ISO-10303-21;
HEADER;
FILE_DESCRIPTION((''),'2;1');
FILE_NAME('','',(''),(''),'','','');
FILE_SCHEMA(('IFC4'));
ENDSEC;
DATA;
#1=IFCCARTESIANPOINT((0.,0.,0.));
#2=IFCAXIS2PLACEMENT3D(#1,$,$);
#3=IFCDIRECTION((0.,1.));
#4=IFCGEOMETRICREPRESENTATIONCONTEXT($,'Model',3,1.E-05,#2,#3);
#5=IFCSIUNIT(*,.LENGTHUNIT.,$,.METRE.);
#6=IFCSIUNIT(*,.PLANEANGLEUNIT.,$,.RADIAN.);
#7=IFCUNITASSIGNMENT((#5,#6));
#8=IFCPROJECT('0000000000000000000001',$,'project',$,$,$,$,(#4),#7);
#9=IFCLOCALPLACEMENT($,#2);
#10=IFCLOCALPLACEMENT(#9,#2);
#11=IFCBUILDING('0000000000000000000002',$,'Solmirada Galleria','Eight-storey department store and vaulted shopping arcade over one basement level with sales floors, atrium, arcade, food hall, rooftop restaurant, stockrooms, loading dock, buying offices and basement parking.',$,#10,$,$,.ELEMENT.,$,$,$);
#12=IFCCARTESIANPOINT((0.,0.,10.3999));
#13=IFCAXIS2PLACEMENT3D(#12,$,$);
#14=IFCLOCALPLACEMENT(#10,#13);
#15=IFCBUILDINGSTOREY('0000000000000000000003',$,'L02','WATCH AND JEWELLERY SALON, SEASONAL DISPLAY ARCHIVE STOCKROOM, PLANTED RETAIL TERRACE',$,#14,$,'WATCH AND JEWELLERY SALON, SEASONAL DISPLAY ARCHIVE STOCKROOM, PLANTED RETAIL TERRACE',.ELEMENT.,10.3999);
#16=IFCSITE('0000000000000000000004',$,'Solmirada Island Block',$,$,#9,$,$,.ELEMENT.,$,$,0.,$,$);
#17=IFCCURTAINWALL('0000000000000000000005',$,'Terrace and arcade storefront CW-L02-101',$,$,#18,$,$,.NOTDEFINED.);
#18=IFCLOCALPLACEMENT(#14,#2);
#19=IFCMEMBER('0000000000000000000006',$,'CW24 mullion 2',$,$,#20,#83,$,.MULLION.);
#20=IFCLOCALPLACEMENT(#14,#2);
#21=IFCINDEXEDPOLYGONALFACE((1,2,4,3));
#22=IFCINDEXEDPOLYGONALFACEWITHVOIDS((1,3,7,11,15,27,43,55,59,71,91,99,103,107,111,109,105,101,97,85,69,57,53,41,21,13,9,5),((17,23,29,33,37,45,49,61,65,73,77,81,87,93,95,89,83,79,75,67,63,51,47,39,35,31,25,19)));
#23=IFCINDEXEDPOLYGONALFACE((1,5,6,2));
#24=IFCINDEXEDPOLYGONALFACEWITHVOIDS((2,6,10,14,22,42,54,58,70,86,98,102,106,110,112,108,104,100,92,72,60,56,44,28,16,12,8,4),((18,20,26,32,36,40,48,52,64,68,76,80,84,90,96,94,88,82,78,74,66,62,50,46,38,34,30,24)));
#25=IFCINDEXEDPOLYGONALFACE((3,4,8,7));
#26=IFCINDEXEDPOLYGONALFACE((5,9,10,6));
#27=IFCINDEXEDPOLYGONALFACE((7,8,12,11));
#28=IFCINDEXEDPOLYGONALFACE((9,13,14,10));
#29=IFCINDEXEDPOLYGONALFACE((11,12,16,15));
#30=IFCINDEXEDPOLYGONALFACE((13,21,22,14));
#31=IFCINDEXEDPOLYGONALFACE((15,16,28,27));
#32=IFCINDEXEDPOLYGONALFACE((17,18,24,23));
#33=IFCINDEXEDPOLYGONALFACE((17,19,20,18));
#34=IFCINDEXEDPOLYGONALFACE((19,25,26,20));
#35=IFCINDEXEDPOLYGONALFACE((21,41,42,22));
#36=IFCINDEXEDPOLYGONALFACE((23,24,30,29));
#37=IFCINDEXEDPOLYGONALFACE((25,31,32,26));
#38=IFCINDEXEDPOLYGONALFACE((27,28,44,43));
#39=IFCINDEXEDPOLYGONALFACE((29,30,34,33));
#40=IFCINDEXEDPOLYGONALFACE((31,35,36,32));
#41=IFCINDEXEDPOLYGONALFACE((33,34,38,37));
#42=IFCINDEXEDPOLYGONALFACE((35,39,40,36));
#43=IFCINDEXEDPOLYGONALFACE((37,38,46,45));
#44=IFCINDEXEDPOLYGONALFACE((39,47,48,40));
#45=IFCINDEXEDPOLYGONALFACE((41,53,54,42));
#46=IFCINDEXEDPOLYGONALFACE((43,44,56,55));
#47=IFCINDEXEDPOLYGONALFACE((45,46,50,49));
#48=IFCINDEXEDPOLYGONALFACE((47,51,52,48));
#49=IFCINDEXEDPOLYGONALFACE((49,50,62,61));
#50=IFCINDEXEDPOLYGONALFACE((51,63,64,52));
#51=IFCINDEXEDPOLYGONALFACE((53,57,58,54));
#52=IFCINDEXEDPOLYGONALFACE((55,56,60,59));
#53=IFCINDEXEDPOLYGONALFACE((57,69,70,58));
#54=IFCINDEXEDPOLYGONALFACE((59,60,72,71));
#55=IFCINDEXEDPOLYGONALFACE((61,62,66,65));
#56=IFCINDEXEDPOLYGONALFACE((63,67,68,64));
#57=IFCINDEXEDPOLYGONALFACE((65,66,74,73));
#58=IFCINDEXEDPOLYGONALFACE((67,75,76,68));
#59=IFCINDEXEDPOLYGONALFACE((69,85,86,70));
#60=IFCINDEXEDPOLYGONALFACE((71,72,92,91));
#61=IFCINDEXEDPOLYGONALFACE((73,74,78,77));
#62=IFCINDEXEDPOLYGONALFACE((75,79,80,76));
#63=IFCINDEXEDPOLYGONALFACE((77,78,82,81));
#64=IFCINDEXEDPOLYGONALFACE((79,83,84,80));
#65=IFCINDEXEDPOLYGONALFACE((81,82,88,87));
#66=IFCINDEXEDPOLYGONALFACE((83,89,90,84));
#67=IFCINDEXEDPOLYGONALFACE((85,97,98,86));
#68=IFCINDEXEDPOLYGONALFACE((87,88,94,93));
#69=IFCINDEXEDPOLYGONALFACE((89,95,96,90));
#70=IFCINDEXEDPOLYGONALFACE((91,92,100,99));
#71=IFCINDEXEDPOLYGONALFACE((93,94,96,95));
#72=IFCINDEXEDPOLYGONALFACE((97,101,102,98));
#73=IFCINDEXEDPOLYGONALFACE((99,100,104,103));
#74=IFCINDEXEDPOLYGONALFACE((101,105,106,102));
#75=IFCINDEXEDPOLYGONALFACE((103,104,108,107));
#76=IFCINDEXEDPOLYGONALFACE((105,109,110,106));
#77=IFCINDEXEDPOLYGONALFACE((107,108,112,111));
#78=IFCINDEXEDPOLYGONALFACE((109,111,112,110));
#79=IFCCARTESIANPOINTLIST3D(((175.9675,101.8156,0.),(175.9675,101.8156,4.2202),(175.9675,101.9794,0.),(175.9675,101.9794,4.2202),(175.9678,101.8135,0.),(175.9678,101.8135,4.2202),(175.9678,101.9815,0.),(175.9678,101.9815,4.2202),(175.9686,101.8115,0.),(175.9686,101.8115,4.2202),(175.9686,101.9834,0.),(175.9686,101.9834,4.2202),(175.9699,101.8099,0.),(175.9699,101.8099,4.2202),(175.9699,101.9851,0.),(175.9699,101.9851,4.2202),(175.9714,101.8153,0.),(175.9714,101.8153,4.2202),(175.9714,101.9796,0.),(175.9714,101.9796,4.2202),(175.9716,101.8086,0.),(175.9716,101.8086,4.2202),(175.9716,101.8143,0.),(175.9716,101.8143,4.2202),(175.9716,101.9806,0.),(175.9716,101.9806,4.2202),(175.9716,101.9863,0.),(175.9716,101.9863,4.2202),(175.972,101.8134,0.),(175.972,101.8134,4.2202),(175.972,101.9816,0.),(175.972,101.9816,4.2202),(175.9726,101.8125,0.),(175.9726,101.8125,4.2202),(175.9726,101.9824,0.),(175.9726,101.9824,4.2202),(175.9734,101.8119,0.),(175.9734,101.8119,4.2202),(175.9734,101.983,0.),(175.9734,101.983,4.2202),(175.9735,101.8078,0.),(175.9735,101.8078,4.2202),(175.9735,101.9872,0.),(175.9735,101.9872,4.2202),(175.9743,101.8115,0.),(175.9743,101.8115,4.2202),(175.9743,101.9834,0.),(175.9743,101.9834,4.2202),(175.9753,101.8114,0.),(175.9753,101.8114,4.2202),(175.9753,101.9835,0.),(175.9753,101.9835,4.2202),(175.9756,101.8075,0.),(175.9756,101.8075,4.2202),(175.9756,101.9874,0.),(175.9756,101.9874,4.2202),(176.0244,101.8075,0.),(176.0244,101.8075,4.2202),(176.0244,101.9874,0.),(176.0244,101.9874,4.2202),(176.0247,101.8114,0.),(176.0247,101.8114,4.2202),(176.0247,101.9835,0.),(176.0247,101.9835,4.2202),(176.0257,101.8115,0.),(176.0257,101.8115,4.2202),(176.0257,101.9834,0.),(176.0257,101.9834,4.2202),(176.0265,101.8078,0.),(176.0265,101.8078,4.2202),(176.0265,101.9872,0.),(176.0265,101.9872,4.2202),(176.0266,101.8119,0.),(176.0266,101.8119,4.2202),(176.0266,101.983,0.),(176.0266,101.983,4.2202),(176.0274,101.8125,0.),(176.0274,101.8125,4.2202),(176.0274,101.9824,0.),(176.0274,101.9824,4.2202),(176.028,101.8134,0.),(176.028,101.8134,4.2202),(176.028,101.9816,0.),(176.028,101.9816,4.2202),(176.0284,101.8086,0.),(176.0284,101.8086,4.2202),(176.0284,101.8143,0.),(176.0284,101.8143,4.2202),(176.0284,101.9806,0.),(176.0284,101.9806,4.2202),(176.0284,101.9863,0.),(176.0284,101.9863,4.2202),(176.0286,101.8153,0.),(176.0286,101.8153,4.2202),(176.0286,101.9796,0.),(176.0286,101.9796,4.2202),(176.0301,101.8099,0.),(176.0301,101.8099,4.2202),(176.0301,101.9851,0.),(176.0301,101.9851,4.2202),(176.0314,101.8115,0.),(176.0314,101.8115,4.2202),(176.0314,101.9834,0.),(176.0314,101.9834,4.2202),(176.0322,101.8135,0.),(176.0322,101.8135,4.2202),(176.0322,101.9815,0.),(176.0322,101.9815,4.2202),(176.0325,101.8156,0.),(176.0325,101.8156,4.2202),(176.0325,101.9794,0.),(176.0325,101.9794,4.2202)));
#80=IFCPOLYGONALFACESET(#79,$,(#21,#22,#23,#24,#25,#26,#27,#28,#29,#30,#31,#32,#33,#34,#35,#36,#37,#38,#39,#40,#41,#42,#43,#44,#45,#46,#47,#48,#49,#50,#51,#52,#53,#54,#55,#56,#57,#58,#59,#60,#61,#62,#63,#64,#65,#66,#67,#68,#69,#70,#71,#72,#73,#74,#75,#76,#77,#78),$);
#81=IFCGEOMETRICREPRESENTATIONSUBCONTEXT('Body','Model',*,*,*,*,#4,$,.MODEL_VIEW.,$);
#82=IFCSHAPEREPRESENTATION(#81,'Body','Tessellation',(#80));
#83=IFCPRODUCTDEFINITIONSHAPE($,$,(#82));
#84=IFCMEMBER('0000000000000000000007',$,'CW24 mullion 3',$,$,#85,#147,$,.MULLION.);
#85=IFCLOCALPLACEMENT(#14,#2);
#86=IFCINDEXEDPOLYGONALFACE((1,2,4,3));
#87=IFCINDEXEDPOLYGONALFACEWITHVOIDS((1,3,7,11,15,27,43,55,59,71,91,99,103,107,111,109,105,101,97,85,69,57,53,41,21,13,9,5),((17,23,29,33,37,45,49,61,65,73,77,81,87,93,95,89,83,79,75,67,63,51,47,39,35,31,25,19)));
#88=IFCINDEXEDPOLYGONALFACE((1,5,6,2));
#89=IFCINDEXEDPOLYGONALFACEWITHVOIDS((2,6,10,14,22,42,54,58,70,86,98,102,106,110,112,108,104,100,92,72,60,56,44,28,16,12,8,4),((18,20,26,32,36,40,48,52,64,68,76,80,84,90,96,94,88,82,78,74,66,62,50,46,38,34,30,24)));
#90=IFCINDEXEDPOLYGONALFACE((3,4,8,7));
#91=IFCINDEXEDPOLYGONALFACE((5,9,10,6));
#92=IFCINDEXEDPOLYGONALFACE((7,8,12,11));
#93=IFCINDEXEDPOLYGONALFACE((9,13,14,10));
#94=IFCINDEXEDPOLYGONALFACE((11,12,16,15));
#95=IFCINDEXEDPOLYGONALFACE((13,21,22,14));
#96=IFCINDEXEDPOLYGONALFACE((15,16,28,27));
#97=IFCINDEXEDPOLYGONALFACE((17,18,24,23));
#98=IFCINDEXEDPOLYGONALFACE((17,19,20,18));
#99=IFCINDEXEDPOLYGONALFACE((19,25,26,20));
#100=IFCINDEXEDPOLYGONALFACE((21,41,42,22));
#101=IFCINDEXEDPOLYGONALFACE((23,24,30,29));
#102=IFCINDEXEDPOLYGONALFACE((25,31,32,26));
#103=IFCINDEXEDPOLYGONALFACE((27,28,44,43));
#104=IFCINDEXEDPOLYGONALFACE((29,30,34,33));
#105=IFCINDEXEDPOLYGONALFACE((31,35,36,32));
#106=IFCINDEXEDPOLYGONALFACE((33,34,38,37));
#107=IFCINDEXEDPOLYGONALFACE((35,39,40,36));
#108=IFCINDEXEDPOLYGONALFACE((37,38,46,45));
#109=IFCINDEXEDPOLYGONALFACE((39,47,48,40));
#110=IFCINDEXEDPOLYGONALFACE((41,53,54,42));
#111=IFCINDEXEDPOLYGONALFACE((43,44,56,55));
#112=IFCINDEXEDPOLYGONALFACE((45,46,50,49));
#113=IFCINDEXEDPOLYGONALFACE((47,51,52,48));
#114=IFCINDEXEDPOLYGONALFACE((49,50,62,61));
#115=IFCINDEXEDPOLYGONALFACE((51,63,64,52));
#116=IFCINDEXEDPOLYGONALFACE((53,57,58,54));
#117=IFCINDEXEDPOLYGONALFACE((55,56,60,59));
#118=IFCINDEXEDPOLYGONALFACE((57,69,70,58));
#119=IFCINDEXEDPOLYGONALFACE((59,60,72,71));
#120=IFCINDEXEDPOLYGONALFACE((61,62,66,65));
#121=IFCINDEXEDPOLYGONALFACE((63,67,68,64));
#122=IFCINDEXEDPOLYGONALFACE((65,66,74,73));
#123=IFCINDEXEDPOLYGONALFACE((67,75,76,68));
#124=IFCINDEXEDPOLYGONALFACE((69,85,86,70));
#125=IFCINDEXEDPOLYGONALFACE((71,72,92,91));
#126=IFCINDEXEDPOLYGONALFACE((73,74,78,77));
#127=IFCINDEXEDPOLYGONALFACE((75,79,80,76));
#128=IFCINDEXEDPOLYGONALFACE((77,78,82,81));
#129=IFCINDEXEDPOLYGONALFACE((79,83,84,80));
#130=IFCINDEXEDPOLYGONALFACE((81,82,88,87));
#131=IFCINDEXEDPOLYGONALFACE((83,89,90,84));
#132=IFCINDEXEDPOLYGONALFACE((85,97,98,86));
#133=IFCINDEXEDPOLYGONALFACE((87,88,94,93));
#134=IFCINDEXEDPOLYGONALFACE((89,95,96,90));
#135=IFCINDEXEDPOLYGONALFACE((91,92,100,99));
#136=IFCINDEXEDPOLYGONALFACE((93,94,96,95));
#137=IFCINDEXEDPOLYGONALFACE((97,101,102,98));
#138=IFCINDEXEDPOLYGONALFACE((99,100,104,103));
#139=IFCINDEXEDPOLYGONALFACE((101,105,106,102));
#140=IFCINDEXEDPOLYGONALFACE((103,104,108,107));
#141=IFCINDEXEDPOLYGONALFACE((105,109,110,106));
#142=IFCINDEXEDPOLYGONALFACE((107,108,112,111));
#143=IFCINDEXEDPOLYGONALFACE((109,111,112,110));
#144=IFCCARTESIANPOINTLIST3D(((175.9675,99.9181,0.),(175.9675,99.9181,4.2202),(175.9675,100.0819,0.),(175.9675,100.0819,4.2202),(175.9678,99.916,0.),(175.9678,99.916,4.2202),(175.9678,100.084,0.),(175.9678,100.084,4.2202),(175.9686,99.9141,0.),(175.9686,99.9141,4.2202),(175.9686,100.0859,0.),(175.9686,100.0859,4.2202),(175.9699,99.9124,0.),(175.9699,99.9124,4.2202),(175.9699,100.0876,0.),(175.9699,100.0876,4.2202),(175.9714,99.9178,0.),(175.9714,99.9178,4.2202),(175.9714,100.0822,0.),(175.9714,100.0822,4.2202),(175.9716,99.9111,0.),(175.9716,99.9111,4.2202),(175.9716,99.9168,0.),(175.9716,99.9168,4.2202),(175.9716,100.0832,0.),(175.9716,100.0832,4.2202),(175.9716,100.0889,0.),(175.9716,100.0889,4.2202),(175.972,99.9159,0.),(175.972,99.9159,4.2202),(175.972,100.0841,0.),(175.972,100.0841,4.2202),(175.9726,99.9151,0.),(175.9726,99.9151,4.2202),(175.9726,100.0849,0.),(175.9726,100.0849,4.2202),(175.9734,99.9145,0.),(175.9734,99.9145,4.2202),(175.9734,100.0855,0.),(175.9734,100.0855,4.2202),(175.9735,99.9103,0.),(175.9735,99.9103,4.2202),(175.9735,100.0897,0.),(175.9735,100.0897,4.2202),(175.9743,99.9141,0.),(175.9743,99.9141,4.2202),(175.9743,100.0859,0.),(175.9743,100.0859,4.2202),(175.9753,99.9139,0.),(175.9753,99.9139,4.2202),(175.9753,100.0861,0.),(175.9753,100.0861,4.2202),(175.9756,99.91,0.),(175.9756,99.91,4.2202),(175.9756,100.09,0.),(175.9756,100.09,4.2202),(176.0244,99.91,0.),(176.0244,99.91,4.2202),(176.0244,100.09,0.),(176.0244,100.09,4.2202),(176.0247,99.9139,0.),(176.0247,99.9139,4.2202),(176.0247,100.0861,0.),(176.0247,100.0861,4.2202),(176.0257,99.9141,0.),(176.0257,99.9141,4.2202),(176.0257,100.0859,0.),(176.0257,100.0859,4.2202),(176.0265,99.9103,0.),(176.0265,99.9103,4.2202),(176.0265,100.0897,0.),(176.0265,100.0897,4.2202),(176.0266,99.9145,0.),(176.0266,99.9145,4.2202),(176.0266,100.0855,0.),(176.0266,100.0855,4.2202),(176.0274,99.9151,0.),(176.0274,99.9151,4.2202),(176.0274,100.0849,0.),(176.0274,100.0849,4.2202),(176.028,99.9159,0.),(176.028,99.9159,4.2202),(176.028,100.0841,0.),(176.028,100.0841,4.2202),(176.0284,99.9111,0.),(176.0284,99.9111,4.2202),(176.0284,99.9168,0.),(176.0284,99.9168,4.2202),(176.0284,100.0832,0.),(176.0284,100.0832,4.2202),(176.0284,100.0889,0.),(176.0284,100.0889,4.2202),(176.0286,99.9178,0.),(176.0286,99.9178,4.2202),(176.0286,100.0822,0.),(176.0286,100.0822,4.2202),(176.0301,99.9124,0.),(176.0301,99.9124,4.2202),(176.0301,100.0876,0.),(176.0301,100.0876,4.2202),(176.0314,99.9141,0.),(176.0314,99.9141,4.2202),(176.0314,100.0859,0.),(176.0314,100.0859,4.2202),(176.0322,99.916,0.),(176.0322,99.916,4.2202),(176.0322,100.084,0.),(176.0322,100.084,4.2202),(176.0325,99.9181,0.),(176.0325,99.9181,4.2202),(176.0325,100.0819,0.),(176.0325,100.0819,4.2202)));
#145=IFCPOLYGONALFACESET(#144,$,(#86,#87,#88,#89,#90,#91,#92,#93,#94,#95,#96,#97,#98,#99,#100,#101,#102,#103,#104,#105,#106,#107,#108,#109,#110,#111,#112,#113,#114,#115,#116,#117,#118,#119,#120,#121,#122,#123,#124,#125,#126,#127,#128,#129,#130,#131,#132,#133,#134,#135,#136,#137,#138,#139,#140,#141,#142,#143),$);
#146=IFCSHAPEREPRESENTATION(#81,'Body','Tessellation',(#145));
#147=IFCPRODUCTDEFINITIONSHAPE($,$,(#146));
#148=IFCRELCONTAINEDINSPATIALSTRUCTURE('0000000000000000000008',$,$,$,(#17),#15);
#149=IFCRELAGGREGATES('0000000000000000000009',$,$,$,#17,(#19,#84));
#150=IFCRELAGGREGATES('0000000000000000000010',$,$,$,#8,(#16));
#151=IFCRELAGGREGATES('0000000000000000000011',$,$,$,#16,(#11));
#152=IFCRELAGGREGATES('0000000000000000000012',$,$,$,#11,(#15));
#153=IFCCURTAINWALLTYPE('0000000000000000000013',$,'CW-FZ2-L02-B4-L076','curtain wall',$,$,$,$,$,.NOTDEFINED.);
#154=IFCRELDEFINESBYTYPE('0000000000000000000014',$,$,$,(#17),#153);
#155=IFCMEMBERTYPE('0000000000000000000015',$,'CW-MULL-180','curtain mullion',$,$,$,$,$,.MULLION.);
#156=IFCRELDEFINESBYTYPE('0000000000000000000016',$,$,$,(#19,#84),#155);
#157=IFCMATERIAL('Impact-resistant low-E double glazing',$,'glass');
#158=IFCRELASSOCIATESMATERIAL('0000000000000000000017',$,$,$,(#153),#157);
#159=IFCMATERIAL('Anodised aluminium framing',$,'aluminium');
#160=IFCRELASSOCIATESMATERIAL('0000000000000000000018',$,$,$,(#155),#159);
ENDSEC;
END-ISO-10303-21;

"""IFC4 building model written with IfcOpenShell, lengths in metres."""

from ifc_helpers import new_model, si_unit, direction, frame, origin, origin_2d, place, context, subcontext, project, spatial, hollow_rectangle, extrude, material, material_profile, profile_set, type_object, element, aggregate, save


model = new_model("IFC4")

# Units and contexts
model_context = context("Model", 3, precision=1e-05, world=origin(), true_north=direction((0.0, 1.0)))
body_context = subcontext(model_context, "Body", "Model", "MODEL_VIEW")
ifc_project = project(units=[si_unit("LENGTHUNIT", "METRE"), si_unit("PLANEANGLEUNIT", "RADIAN")], contexts=[model_context])

# Site, building, storey
site_placement = place(None, origin())
site = spatial("IfcSite", under=ifc_project, at=site_placement, Name="Solmirada Island Block", CompositionType="ELEMENT", RefElevation=0.0)
building_placement = place(site_placement, origin())
building = spatial("IfcBuilding", under=site, at=building_placement, Name="Solmirada Galleria", Description="Eight-storey department store and vaulted shopping arcade over one basement level with sales floors, atrium, arcade, food hall, rooftop restaurant, stockrooms, loading dock, buying offices and basement parking.", CompositionType="ELEMENT")
storey_placement = place(building_placement, frame((0.0, 0.0, 10.3999)))
storey = spatial("IfcBuildingStorey", under=building, at=storey_placement, Name="L02", Description="WATCH AND JEWELLERY SALON, SEASONAL DISPLAY ARCHIVE STOCKROOM, PLANTED RETAIL TERRACE", LongName="WATCH AND JEWELLERY SALON, SEASONAL DISPLAY ARCHIVE STOCKROOM, PLANTED RETAIL TERRACE", CompositionType="ELEMENT", Elevation=10.3999)

# Curtain wall, members
ifc_material_1 = material(Name="Impact-resistant low-E double glazing", Category="glass")
curtain_wall_type = type_object("IfcCurtainWallType", Name="CW-FZ2-L02-B4-L076", Description="curtain wall", PredefinedType="NOTDEFINED", material=ifc_material_1)
curtain_wall_placement = place(storey_placement, origin())
curtain_wall = element("IfcCurtainWall", 1, at=curtain_wall_placement, inside=storey, type_object=curtain_wall_type, Name="Terrace and arcade storefront CW-L02-101", PredefinedType="NOTDEFINED")
ifc_material_2 = material(Name="Anodised aluminium framing", Category="aluminium")
ifc_material_profile_1 = material_profile(ifc_material_2, hollow_rectangle(XDim=0.0649, YDim=0.1799, WallThickness=0.0039, InnerFilletRadius=0.0039, OuterFilletRadius=0.0081, at=origin_2d()), Name="ALU-MULL-180X65")
ifc_profile_set_1 = profile_set([ifc_material_profile_1], Name="Anodised aluminium framing")
member_type_1 = type_object("IfcMemberType", Name="CW-MULL-180", Description="curtain mullion", PredefinedType="MULLION", material=ifc_profile_set_1)
member_1_placement = place(storey_placement, frame((176.0, 101.8975, 0.0), z_axis=(0.0, 0.0, 1.0), x_axis=(1.0, 0.0, 0.0)))
member_1 = element("IfcMember", 2, at=member_1_placement, type_object=member_type_1, Name="CW24 mullion 2", PredefinedType="MULLION", context=body_context, shape_type="SweptSolid", body=[
    extrude(hollow_rectangle(XDim=0.0649, YDim=0.1799, WallThickness=0.0039, InnerFilletRadius=0.0039, OuterFilletRadius=0.0081, at=origin_2d()), origin(), (0.0, 0.0, 1.0), 4.2202),
])
member_2_placement = place(storey_placement, frame((176.0, 100.0, 0.0), z_axis=(0.0, 0.0, 1.0), x_axis=(1.0, 0.0, 0.0)))
member_2 = element("IfcMember", 3, at=member_2_placement, type_object=member_type_1, Name="CW24 mullion 3", PredefinedType="MULLION", context=body_context, shape_type="SweptSolid", body=[
    extrude(hollow_rectangle(XDim=0.0649, YDim=0.1799, WallThickness=0.0039, InnerFilletRadius=0.0039, OuterFilletRadius=0.0081, at=origin_2d()), origin(), (0.0, 0.0, 1.0), 4.2202),
])
aggregate(curtain_wall, [member_1, member_2])

save(model, "model.ifc")
